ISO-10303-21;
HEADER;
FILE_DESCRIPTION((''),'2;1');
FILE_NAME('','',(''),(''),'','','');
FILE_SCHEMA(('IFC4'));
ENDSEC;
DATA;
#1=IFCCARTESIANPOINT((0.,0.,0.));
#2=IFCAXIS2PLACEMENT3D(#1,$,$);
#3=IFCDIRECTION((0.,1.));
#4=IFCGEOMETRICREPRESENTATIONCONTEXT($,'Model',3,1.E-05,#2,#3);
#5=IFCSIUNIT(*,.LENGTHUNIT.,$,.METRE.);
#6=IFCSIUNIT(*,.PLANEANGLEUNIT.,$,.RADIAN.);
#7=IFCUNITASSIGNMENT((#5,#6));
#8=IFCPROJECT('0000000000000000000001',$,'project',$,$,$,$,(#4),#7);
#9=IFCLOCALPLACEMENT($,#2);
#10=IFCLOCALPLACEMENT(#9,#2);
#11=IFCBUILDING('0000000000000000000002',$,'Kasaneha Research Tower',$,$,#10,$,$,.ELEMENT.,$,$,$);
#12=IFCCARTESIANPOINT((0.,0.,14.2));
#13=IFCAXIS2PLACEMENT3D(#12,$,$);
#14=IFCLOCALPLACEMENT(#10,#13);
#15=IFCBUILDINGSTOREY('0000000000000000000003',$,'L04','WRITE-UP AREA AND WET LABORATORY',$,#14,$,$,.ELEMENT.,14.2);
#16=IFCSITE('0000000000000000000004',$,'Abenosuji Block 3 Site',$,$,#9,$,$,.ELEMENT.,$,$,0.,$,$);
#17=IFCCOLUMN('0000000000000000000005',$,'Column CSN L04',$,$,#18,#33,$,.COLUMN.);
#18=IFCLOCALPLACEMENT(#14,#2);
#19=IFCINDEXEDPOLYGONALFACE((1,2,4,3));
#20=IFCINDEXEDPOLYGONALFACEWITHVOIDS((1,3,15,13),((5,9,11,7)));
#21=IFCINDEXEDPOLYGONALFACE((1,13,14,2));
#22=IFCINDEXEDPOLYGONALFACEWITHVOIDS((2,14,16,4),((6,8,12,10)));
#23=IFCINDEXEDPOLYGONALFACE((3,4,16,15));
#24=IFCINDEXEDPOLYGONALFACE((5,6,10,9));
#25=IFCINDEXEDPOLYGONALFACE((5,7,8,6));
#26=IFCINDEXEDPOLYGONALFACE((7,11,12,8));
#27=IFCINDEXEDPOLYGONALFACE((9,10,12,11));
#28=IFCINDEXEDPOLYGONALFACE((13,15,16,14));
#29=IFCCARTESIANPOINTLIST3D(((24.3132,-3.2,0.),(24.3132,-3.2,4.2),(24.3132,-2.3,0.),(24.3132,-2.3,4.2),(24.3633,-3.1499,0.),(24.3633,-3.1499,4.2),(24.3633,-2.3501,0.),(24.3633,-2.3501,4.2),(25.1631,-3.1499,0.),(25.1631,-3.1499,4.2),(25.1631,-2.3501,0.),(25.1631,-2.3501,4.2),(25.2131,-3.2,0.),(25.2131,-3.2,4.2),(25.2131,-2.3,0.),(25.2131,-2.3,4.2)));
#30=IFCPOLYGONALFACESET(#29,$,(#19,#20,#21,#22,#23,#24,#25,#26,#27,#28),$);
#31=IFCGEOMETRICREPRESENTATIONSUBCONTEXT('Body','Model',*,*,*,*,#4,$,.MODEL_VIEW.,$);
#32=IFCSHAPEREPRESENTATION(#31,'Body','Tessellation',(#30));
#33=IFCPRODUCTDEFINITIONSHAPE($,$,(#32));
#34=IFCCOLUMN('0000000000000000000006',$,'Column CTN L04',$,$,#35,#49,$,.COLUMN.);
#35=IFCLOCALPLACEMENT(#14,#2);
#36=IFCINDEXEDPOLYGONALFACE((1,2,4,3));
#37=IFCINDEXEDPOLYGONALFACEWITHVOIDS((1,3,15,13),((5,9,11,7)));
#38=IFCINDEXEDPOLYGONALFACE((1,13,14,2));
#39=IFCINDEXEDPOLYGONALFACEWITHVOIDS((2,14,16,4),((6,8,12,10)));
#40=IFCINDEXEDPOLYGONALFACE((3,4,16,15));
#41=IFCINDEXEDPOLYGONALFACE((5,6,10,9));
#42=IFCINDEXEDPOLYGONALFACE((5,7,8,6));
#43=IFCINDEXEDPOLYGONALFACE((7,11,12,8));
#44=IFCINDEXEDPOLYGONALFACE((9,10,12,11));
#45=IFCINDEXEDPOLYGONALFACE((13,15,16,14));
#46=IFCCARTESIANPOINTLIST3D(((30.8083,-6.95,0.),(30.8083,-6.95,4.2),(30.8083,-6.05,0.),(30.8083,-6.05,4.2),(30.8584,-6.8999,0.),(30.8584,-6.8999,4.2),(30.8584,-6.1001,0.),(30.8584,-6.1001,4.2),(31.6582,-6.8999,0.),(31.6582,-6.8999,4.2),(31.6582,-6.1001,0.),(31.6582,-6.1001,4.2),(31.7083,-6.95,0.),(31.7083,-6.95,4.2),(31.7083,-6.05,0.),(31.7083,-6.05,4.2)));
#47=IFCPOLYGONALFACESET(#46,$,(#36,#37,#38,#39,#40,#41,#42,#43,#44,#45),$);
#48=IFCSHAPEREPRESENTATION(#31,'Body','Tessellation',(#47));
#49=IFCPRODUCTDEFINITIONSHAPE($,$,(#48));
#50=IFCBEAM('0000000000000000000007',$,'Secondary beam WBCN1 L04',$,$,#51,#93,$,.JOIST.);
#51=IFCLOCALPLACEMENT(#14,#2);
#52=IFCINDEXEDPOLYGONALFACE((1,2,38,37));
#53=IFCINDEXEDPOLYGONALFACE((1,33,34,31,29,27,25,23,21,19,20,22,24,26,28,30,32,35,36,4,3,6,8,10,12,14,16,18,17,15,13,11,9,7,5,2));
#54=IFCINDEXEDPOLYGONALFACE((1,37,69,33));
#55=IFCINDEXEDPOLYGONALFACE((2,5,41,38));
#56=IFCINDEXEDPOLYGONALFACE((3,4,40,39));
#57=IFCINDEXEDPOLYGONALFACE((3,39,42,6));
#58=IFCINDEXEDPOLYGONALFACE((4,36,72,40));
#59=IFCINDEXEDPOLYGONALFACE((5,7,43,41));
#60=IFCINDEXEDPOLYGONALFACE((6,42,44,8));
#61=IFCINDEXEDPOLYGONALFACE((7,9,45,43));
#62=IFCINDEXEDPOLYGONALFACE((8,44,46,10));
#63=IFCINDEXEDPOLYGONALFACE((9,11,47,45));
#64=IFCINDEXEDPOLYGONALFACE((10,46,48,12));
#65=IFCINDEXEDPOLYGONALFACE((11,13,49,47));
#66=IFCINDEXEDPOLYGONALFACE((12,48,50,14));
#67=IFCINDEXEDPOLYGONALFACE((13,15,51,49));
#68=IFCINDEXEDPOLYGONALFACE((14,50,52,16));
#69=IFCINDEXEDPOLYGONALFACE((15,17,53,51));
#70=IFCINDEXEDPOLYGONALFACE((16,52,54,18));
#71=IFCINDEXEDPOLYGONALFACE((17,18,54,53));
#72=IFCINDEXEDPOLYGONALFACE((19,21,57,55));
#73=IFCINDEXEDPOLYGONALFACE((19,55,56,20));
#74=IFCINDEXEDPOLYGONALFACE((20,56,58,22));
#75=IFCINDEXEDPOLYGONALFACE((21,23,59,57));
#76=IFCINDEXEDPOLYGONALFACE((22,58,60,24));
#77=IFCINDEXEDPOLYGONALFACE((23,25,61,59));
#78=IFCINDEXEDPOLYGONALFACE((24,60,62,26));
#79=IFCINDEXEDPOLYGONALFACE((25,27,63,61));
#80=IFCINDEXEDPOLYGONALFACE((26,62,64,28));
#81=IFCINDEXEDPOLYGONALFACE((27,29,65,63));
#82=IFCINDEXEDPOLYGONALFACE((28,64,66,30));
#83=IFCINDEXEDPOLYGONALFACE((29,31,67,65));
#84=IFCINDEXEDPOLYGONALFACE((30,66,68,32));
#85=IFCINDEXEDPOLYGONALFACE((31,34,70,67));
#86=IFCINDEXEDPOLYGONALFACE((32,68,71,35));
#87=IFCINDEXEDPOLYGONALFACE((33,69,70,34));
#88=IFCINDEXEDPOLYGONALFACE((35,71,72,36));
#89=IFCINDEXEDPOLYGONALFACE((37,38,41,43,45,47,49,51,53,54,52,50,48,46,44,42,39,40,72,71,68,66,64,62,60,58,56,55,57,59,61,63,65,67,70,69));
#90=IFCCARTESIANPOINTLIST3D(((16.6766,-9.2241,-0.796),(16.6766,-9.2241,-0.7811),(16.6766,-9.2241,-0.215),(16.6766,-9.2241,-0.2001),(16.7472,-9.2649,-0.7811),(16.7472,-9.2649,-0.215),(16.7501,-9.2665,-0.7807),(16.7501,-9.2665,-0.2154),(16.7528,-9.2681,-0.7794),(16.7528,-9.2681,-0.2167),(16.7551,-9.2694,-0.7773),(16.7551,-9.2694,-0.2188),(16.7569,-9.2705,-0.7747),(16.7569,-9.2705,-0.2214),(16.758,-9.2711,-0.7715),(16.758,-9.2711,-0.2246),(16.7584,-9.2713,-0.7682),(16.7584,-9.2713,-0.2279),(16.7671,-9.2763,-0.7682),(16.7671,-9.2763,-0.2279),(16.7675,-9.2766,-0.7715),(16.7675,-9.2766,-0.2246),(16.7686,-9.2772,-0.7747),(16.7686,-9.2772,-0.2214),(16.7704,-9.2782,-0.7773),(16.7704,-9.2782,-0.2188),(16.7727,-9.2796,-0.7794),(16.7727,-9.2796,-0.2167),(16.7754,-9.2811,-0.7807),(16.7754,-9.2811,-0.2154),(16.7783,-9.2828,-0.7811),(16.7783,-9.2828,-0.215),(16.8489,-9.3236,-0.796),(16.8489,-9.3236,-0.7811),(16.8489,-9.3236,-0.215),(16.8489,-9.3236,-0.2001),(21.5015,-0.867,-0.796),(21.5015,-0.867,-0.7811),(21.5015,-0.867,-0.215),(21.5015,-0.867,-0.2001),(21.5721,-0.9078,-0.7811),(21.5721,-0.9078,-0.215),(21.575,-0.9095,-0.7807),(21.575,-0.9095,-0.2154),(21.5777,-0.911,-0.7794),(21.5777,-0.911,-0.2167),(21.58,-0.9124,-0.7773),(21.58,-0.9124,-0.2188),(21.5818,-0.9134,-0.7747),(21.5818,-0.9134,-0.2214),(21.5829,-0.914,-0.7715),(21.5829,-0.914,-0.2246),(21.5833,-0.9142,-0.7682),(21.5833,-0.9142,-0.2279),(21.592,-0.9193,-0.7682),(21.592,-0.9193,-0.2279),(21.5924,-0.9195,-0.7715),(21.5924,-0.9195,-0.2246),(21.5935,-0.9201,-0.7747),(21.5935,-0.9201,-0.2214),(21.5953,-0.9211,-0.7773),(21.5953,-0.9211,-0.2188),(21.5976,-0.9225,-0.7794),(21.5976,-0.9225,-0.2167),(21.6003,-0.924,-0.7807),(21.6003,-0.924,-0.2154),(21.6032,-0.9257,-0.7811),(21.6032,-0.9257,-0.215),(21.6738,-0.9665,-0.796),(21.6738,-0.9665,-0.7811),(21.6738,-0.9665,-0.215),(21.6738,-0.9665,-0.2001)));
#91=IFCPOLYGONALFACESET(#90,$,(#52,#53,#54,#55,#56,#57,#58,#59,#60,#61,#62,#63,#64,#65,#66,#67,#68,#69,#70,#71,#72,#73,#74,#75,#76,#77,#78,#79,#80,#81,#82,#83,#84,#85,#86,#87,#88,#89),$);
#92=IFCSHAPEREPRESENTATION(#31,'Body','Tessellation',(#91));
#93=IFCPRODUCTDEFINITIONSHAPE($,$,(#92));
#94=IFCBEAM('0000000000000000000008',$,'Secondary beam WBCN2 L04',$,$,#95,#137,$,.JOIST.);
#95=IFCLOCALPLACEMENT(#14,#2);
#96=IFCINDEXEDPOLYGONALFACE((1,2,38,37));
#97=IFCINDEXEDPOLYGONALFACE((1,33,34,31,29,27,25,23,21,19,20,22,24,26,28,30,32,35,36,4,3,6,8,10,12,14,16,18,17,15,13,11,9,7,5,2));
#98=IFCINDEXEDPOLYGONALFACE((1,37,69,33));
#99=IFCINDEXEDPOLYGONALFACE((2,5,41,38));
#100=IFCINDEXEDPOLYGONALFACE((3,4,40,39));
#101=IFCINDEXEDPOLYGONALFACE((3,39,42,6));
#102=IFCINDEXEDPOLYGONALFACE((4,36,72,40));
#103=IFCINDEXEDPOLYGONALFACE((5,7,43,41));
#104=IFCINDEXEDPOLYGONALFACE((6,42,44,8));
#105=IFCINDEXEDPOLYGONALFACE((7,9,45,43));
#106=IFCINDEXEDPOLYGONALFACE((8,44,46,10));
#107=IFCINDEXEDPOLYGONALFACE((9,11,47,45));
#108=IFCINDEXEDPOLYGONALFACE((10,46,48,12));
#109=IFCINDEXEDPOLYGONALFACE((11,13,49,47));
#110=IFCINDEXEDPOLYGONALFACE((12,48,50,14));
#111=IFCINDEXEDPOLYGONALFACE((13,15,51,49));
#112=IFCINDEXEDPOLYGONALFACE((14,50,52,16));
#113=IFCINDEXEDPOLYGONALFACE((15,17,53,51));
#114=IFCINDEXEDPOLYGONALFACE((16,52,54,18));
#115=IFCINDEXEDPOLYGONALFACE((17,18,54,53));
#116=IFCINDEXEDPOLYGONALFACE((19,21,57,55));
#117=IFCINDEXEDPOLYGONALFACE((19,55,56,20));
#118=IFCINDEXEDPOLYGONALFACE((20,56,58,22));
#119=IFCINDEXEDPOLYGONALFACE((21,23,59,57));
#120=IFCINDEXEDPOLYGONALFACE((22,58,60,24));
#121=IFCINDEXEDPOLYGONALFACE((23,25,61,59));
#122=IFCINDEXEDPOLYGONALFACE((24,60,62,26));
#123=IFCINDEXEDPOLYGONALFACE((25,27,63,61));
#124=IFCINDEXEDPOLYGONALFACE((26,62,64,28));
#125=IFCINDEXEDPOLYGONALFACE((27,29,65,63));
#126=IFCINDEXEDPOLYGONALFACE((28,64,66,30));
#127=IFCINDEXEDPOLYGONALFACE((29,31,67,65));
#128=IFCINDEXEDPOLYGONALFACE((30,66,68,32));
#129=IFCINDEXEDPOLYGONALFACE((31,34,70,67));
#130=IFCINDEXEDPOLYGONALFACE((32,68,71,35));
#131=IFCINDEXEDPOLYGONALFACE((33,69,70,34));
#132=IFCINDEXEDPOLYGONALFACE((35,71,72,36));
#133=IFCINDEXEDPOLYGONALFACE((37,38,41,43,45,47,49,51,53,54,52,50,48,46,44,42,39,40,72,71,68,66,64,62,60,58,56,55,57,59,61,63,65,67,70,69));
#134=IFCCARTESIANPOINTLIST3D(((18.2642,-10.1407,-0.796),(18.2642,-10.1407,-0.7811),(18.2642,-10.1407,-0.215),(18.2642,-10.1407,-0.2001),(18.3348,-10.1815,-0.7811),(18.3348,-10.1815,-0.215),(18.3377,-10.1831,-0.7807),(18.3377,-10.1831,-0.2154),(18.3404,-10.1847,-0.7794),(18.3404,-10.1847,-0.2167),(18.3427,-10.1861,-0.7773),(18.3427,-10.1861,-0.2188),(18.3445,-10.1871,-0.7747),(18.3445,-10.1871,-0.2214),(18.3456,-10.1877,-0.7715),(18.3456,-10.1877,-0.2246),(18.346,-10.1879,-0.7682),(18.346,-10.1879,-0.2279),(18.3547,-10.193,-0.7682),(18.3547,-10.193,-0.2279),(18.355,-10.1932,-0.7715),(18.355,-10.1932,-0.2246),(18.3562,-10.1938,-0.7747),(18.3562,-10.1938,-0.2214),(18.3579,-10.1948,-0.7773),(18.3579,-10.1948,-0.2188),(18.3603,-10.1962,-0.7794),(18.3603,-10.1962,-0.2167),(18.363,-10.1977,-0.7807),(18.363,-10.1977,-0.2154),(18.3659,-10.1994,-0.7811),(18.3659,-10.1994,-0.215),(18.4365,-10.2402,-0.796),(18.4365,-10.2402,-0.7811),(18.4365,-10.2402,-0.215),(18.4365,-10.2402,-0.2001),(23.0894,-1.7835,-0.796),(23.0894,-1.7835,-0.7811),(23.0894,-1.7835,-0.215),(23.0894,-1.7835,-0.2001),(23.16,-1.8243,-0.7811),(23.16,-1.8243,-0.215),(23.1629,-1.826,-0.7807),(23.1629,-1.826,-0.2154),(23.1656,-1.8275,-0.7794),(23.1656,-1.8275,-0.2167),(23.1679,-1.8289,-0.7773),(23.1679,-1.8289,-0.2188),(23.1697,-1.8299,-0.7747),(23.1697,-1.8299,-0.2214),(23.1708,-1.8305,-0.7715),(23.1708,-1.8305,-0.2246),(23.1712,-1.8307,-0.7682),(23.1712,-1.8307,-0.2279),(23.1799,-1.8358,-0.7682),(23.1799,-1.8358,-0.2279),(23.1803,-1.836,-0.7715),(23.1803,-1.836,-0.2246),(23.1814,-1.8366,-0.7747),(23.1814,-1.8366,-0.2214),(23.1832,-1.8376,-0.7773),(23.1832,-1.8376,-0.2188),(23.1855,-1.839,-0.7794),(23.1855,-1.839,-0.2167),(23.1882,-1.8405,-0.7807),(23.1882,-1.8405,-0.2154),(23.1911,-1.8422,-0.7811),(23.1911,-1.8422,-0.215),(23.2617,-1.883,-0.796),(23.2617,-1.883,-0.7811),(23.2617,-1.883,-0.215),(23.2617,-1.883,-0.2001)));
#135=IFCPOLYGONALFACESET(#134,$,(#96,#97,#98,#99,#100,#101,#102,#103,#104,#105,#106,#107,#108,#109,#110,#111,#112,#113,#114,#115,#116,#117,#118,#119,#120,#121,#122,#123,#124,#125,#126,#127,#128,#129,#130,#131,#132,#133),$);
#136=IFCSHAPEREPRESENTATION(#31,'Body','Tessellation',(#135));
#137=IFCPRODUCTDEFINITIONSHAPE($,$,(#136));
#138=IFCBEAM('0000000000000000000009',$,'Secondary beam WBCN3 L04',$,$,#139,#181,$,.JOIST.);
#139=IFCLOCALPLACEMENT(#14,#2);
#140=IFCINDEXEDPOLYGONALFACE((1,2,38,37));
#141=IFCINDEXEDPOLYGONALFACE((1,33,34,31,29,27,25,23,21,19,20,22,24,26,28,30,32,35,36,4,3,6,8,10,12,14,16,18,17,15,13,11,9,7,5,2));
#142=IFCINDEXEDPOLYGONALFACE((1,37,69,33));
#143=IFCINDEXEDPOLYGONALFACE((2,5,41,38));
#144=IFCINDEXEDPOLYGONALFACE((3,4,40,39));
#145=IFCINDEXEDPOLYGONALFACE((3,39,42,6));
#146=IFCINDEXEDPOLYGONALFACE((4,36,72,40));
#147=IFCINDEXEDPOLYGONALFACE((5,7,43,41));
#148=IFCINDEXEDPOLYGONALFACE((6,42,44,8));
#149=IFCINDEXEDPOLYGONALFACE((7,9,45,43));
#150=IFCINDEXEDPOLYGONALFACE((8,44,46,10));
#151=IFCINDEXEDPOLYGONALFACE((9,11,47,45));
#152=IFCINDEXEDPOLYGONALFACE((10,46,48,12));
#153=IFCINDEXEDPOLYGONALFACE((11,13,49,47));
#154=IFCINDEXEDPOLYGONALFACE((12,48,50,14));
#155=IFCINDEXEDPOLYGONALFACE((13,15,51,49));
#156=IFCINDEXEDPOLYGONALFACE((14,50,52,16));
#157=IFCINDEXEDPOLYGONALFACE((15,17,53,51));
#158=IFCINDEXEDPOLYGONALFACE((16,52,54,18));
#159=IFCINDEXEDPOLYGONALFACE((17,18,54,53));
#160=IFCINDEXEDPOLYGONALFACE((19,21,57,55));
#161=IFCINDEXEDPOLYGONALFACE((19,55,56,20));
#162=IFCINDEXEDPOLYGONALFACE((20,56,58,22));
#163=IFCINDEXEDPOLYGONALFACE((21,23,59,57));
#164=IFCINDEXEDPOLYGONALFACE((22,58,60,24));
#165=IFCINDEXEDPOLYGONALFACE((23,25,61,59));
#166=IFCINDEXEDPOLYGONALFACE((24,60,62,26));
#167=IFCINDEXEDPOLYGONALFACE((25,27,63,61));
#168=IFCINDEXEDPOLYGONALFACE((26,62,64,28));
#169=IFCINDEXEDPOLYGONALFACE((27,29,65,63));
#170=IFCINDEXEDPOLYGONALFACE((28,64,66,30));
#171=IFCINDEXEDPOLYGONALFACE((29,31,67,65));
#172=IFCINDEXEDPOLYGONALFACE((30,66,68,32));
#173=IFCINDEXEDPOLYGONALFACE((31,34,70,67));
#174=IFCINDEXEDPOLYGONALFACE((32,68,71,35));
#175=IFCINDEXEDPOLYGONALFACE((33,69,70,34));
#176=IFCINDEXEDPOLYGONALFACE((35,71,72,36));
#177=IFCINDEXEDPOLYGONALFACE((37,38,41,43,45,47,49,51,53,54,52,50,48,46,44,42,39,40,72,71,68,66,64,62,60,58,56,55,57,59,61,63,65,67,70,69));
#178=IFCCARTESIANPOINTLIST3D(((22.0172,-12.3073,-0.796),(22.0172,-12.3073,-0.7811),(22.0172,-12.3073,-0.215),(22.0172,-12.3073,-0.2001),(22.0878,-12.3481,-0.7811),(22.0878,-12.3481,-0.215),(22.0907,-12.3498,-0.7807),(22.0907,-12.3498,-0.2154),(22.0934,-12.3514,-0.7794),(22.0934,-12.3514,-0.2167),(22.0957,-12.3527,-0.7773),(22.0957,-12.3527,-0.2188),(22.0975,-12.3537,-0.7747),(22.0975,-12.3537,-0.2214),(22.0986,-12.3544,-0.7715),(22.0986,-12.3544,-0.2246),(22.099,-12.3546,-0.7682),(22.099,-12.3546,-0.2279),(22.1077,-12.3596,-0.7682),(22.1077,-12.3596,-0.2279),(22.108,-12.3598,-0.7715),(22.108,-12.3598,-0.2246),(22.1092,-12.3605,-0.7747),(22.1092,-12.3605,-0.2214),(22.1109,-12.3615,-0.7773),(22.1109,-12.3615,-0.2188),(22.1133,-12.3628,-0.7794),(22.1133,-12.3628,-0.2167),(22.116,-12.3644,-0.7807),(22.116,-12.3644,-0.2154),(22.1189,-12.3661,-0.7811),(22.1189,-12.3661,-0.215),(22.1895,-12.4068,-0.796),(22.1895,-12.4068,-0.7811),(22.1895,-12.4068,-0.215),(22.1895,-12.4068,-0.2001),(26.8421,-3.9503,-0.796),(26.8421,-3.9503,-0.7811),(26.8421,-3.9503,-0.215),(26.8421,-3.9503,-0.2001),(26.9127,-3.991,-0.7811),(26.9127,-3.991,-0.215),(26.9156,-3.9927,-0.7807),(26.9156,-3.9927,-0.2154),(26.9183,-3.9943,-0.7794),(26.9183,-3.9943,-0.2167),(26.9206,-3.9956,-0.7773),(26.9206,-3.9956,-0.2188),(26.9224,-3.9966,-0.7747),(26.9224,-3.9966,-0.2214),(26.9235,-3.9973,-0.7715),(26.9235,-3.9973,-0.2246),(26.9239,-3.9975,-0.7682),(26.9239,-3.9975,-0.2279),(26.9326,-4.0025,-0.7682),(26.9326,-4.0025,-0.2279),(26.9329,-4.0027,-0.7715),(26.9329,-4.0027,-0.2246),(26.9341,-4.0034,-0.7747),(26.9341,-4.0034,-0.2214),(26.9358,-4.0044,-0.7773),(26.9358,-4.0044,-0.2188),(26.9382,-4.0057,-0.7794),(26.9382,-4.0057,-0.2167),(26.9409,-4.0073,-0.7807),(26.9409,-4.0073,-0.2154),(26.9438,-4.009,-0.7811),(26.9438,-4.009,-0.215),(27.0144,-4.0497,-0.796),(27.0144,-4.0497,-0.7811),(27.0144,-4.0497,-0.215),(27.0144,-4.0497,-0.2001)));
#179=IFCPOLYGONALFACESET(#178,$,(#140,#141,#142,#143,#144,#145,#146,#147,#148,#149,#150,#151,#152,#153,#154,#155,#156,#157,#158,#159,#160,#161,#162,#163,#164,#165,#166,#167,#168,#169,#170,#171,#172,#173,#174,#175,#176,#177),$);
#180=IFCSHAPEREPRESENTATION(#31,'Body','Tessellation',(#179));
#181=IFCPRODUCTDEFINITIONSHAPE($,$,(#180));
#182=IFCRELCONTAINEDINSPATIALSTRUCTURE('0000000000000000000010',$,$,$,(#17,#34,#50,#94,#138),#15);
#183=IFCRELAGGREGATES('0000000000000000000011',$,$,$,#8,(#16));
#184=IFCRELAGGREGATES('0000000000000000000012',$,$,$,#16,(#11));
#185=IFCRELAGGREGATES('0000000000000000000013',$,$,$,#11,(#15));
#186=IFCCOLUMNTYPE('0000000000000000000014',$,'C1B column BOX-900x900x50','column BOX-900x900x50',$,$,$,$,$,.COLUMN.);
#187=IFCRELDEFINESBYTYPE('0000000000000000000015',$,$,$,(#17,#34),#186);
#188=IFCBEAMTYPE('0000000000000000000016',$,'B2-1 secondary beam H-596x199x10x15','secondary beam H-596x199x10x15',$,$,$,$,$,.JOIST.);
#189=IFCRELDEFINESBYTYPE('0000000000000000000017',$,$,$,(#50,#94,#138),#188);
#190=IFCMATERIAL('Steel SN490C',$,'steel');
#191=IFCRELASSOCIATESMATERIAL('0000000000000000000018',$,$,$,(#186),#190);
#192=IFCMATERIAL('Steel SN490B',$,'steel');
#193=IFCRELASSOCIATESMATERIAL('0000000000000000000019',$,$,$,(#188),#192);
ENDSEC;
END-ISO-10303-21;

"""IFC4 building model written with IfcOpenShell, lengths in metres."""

from ifc_helpers import new_model, si_unit, direction, frame, origin, origin_2d, place, context, subcontext, project, spatial, hollow_rectangle, i_section, extrude, material, material_profile, profile_set, type_object, element, save


model = new_model("IFC4")

# Units and contexts
model_context = context("Model", 3, precision=1e-05, world=origin(), true_north=direction((0.0, 1.0)))
body_context = subcontext(model_context, "Body", "Model", "MODEL_VIEW")
ifc_project = project(units=[si_unit("LENGTHUNIT", "METRE"), si_unit("PLANEANGLEUNIT", "RADIAN")], contexts=[model_context])

# Site, building, storey
site_placement = place(None, origin())
site = spatial("IfcSite", under=ifc_project, at=site_placement, Name="Abenosuji Block 3 Site", CompositionType="ELEMENT", RefElevation=0.0)
building_placement = place(site_placement, origin())
building = spatial("IfcBuilding", under=site, at=building_placement, Name="Kasaneha Research Tower", CompositionType="ELEMENT")
storey_placement = place(building_placement, frame((0.0, 0.0, 14.2)))
storey = spatial("IfcBuildingStorey", under=building, at=storey_placement, Name="L04", Description="WRITE-UP AREA AND WET LABORATORY", CompositionType="ELEMENT", Elevation=14.2)

# Columns
ifc_material_1 = material(Name="Steel SN490C", Category="steel")
ifc_material_profile_1 = material_profile(ifc_material_1, hollow_rectangle(XDim=0.8999, YDim=0.8999, WallThickness=0.05, at=origin_2d()), Name="BOX-900x900x50")
ifc_profile_set_1 = profile_set([ifc_material_profile_1], Name="Steel SN490C")
column_type = type_object("IfcColumnType", Name="C1B column BOX-900x900x50", Description="column BOX-900x900x50", PredefinedType="COLUMN", material=ifc_profile_set_1)
for number, where, z_axis, x_axis, name in (
    (1, (24.7632, -2.75, 0.0), (0.0, 0.0, 1.0), (1.0, 0.0, 0.0), "Column CSN L04"),
    (2, (31.2583, -6.5, 0.0), (0.0, 0.0, 1.0), (1.0, 0.0, 0.0), "Column CTN L04"),
):
    element("IfcColumn", number, at=place(storey_placement, frame(where, z_axis=z_axis, x_axis=x_axis)), inside=storey, type_object=column_type, Name=name, PredefinedType="COLUMN", context=body_context, shape_type="SweptSolid", body=[
        extrude(hollow_rectangle(XDim=0.8999, YDim=0.8999, WallThickness=0.05, at=origin_2d()), origin(), (0.0, 0.0, 1.0), 4.2),
    ])

# Beams
ifc_material_2 = material(Name="Steel SN490B", Category="steel")
ifc_material_profile_2 = material_profile(ifc_material_2, i_section(OverallWidth=0.199, OverallDepth=0.5959, WebThickness=0.01, FlangeThickness=0.0149, FilletRadius=0.0129, at=origin_2d()), Name="H-596x199x10x15")
ifc_profile_set_2 = profile_set([ifc_material_profile_2], Name="Steel SN490B")
beam_type_1 = type_object("IfcBeamType", Name="B2-1 secondary beam H-596x199x10x15", Description="secondary beam H-596x199x10x15", PredefinedType="JOIST", material=ifc_profile_set_2)
beam_1_placement = place(storey_placement, frame((21.5876, -0.9167, -0.498), z_axis=(-0.499995, -0.866028, 0.0), x_axis=(0.866028, -0.499995, 0.0)))
element("IfcBeam", 3, at=beam_1_placement, inside=storey, type_object=beam_type_1, Name="Secondary beam WBCN1 L04", PredefinedType="JOIST", context=body_context, shape_type="SweptSolid", body=[
    extrude(i_section(OverallWidth=0.199, OverallDepth=0.5959, WebThickness=0.01, FlangeThickness=0.0149, FilletRadius=0.0129, at=origin_2d()), origin(), (0.0, 0.0, 1.0), 9.6499),
])
beam_2_placement = place(storey_placement, frame((23.1755, -1.8333, -0.498), z_axis=(-0.500014, -0.866017, 0.0), x_axis=(0.866017, -0.500014, 0.0)))
element("IfcBeam", 4, at=beam_2_placement, inside=storey, type_object=beam_type_1, Name="Secondary beam WBCN2 L04", PredefinedType="JOIST", context=body_context, shape_type="SweptSolid", body=[
    extrude(i_section(OverallWidth=0.199, OverallDepth=0.5959, WebThickness=0.01, FlangeThickness=0.0149, FilletRadius=0.0129, at=origin_2d()), origin(), (0.0, 0.0, 1.0), 9.6501),
])
for number, where, z_axis, x_axis, name in (
    (5, (26.9282, -4.0, -0.498), (-0.499995, -0.866028, 0.0), (0.866028, -0.499995, 0.0), "Secondary beam WBCN3 L04"),
):
    element("IfcBeam", number, at=place(storey_placement, frame(where, z_axis=z_axis, x_axis=x_axis)), inside=storey, type_object=beam_type_1, Name=name, PredefinedType="JOIST", context=body_context, shape_type="SweptSolid", body=[
        extrude(i_section(OverallWidth=0.199, OverallDepth=0.5959, WebThickness=0.01, FlangeThickness=0.0149, FilletRadius=0.0129, at=origin_2d()), origin(), (0.0, 0.0, 1.0), 9.6499),
    ])

save(model, "model.ifc")
